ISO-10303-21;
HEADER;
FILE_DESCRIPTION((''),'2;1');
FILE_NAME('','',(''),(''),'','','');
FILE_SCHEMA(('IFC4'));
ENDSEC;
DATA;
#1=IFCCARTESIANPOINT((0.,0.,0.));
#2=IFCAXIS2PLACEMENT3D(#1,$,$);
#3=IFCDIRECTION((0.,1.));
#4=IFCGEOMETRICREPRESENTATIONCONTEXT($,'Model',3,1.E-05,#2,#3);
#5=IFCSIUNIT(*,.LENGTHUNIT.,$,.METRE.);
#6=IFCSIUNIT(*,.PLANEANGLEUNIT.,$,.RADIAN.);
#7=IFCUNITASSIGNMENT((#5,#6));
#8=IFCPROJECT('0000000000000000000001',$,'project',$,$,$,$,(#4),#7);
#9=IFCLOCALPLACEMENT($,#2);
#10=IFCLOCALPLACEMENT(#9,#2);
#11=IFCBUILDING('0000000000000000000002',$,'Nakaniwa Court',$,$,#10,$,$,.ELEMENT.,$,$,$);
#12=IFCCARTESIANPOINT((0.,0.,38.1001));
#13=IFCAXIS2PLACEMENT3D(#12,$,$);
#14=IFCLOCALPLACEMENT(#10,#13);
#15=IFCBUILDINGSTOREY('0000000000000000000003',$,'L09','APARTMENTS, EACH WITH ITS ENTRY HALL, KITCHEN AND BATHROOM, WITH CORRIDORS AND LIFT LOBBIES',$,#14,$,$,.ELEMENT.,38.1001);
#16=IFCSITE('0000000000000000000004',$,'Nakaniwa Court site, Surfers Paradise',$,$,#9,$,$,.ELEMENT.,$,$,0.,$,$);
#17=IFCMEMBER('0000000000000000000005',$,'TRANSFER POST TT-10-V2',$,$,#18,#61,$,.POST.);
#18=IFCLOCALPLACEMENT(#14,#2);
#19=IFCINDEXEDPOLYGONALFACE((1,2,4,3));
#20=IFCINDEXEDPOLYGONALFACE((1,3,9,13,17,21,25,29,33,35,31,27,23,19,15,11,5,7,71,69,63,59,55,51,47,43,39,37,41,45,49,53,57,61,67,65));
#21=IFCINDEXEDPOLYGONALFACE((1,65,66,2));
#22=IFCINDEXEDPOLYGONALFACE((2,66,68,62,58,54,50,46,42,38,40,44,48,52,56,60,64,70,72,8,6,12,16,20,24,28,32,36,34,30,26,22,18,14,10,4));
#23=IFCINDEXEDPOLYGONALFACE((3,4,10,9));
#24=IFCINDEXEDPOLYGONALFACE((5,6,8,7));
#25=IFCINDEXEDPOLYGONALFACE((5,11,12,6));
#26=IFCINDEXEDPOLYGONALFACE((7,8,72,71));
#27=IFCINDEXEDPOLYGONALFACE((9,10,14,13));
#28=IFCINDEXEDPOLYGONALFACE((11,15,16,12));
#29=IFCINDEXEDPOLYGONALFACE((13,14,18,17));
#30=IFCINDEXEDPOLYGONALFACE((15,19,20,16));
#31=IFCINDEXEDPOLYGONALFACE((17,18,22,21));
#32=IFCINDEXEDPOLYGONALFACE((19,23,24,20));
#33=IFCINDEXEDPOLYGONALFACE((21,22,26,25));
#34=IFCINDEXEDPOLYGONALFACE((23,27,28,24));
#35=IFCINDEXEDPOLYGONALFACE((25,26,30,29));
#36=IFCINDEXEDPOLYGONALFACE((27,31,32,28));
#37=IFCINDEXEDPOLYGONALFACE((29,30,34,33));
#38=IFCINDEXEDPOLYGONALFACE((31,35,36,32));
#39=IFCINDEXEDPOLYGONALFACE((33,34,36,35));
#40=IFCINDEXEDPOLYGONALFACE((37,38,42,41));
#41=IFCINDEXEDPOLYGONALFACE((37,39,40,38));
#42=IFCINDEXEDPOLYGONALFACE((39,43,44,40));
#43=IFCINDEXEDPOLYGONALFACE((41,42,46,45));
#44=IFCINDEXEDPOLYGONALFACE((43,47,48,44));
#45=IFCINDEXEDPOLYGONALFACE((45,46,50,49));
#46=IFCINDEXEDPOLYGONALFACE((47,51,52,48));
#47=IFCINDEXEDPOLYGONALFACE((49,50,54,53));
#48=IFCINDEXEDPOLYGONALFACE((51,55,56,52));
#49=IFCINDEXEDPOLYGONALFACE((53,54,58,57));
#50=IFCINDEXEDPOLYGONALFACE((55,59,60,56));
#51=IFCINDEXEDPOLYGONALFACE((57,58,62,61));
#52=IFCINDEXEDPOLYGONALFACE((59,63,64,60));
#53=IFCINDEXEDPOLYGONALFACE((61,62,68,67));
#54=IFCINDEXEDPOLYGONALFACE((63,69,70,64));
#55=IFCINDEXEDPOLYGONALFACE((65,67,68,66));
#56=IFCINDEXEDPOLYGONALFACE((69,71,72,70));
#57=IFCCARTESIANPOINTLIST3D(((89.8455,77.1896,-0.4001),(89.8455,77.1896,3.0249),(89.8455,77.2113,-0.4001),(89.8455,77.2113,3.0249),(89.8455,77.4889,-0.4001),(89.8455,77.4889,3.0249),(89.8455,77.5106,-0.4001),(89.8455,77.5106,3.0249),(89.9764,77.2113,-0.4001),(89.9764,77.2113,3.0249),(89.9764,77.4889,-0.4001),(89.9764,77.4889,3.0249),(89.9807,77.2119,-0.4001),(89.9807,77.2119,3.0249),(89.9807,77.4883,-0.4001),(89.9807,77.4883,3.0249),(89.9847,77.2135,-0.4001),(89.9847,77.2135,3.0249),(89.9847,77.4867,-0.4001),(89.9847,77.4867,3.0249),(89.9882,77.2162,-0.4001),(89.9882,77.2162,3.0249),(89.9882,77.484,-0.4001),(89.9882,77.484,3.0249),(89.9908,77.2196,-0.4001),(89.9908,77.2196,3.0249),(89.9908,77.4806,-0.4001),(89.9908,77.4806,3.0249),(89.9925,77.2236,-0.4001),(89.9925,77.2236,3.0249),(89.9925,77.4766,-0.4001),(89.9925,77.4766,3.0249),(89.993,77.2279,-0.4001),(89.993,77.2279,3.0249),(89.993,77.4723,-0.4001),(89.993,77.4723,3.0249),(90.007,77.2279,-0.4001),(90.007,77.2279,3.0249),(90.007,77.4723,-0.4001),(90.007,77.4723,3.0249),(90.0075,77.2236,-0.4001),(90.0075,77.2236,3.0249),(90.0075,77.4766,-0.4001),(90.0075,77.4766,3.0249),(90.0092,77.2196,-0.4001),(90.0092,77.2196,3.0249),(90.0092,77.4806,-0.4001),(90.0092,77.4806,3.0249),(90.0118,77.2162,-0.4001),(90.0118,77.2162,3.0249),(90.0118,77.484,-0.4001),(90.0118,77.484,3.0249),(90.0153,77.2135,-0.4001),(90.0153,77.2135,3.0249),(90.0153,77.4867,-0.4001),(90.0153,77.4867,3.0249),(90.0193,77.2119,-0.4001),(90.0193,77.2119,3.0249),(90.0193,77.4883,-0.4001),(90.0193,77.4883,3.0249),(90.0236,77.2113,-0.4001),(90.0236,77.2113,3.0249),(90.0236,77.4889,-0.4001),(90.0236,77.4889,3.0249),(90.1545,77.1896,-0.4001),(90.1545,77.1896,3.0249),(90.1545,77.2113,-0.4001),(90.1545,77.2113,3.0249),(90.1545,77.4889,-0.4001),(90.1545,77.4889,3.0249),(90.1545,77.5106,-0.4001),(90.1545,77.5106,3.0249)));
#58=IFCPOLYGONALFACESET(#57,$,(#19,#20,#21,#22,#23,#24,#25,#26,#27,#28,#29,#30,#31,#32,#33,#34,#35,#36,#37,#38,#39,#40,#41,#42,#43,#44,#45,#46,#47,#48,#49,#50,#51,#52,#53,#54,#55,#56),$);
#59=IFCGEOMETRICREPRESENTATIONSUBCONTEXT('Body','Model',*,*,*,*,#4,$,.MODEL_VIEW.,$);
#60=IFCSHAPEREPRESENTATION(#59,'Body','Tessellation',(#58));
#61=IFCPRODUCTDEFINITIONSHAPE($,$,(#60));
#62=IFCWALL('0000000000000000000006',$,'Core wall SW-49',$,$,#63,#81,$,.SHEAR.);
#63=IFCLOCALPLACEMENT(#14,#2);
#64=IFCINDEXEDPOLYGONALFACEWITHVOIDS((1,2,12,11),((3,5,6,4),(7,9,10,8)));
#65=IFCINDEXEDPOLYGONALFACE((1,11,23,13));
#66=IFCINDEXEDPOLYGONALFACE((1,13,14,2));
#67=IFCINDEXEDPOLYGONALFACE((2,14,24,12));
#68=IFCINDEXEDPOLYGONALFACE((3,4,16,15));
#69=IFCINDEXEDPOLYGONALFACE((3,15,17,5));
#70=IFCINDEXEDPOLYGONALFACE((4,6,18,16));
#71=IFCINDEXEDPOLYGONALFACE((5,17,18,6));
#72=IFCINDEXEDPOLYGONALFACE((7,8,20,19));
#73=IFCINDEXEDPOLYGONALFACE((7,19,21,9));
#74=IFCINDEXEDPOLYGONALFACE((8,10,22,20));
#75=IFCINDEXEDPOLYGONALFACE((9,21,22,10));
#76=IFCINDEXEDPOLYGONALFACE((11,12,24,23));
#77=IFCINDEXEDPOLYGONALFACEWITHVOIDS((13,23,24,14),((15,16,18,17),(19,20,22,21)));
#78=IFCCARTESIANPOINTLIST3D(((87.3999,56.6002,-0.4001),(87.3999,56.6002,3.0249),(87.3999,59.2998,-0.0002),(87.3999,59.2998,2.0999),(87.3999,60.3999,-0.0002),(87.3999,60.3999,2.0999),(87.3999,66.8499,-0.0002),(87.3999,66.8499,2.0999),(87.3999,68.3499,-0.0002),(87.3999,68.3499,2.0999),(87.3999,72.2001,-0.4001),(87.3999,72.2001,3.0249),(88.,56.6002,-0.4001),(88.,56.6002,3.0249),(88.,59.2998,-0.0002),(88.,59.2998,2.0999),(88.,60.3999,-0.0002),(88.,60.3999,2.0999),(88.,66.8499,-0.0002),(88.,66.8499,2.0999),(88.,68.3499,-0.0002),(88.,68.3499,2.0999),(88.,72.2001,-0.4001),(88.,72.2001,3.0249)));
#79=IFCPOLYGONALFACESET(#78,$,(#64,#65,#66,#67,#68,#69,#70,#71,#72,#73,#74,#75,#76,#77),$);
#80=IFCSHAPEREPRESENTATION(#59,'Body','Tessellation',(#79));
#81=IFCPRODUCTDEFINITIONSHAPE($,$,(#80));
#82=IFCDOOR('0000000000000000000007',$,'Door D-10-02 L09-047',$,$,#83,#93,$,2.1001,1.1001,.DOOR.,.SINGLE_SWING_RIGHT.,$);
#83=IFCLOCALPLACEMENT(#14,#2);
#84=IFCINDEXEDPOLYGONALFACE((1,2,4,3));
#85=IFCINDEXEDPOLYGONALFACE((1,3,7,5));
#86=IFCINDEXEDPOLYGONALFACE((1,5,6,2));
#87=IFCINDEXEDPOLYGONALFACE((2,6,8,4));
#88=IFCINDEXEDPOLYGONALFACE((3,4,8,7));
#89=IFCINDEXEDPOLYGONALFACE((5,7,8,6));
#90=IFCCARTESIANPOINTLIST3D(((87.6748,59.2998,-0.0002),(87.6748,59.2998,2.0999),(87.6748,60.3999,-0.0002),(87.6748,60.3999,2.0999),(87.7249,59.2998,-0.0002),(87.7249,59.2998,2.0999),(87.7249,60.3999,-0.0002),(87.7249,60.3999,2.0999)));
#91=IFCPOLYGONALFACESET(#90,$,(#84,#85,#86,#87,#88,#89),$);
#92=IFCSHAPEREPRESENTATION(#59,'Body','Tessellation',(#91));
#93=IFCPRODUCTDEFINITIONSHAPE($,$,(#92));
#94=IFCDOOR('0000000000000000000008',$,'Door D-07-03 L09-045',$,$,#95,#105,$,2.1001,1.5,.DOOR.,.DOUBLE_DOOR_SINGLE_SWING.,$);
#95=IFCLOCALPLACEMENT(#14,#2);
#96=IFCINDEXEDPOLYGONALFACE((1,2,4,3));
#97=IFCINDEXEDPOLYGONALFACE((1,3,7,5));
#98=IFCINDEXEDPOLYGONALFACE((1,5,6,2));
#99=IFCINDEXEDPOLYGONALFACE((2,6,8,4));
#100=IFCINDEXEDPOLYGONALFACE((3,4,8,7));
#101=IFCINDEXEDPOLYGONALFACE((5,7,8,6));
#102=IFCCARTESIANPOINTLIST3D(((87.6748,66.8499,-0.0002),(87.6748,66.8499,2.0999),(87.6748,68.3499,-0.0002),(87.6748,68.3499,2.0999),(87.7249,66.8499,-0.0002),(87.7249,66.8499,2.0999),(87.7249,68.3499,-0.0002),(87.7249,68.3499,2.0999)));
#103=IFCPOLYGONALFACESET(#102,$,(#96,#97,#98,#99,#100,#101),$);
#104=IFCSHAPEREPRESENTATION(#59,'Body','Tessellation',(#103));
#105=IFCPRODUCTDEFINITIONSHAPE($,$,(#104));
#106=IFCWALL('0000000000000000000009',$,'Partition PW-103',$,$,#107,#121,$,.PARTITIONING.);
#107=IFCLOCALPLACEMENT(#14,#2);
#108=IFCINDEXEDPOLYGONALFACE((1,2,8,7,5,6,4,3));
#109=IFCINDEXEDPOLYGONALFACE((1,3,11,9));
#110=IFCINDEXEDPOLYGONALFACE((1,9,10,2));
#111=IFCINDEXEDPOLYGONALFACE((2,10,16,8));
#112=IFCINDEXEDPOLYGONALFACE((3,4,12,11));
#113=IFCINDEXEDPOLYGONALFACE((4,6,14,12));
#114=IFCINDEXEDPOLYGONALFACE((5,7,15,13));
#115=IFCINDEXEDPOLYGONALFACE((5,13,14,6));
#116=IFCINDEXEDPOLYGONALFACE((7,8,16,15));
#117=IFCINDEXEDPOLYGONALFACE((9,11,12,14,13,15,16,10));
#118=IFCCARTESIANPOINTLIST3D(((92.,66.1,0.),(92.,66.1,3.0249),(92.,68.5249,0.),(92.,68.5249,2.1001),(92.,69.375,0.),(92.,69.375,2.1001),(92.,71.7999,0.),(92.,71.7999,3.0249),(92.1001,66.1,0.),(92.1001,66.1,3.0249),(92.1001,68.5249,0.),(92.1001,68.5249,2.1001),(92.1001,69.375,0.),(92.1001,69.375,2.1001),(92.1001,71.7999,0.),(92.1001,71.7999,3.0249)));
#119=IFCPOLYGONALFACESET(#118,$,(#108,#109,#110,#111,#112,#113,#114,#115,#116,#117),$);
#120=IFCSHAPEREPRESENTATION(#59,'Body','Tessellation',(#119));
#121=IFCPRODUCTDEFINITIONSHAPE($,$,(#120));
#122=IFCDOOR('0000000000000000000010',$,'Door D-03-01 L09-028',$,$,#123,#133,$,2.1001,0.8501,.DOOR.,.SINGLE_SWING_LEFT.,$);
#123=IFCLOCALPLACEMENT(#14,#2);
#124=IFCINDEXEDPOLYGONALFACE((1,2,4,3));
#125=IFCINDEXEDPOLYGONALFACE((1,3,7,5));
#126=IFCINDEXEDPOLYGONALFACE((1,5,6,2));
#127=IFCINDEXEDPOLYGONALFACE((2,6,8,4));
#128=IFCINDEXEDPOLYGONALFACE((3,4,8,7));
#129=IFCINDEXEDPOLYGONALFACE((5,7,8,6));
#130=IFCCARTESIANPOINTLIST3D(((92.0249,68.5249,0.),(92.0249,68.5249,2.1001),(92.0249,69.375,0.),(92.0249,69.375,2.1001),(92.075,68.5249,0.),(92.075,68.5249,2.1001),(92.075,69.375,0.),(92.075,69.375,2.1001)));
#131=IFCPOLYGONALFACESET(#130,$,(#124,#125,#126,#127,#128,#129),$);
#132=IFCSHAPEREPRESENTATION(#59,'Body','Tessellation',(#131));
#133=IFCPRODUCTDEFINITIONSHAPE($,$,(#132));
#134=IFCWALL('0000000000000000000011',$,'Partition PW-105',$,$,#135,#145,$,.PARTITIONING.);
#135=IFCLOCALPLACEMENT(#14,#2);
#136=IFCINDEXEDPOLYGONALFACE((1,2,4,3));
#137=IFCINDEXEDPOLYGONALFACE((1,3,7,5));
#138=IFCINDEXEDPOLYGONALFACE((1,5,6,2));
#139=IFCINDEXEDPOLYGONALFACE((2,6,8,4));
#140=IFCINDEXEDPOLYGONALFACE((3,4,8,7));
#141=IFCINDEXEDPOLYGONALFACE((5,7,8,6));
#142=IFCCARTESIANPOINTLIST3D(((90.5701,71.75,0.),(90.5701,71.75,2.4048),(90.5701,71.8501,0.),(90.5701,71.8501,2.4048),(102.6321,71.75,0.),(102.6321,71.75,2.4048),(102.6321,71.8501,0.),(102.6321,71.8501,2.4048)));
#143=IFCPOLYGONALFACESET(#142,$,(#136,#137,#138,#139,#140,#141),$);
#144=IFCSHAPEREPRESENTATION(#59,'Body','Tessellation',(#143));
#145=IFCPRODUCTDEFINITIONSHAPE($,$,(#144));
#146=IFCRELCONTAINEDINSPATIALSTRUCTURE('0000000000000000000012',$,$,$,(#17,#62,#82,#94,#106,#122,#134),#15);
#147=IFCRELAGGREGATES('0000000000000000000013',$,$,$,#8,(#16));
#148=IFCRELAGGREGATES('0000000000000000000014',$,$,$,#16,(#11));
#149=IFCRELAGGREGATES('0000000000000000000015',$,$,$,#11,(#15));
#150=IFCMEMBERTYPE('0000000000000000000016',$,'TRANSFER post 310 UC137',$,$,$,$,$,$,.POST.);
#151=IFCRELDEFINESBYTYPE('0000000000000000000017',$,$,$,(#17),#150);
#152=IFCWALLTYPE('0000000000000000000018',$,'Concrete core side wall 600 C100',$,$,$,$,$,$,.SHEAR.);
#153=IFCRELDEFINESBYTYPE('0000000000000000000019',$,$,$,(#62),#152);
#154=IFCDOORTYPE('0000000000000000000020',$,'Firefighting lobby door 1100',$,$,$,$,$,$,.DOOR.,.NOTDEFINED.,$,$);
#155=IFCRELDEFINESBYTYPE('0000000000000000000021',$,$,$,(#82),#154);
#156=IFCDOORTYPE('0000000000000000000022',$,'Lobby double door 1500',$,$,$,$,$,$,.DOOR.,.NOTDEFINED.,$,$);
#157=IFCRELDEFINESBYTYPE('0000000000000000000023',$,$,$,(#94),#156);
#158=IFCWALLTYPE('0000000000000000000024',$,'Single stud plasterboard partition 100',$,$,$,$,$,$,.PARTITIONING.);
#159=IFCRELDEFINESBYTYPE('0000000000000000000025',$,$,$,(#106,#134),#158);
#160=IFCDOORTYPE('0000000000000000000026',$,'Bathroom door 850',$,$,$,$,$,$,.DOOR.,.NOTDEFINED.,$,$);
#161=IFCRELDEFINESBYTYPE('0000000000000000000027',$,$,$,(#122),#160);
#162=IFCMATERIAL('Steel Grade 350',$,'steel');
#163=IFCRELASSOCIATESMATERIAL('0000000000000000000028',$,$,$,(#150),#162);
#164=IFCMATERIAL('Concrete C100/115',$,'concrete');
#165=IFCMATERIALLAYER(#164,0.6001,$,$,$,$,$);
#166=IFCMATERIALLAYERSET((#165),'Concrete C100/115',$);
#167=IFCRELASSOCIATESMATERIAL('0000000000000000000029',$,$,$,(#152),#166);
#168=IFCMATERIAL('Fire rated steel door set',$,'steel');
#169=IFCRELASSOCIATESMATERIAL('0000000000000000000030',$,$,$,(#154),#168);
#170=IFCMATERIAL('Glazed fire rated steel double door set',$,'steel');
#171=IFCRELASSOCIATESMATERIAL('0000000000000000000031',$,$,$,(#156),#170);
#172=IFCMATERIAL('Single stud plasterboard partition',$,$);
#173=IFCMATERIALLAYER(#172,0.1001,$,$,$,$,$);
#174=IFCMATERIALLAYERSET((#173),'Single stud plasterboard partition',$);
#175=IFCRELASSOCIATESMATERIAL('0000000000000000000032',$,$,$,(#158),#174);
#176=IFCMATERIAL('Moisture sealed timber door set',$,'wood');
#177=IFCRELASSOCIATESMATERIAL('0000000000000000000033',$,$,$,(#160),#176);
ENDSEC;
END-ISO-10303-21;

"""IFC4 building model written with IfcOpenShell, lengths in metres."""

from ifc_helpers import new_model, si_unit, direction, frame, frame_2d, origin, origin_2d, place, context, subcontext, project, spatial, rectangle, i_section, extrude, material, layer, layer_set, material_profile, profile_set, type_object, element, fill, save


model = new_model("IFC4")

# Units and contexts
model_context = context("Model", 3, precision=1e-05, world=origin(), true_north=direction((0.0, 1.0)))
body_context = subcontext(model_context, "Body", "Model", "MODEL_VIEW")
ifc_project = project(units=[si_unit("LENGTHUNIT", "METRE"), si_unit("PLANEANGLEUNIT", "RADIAN")], contexts=[model_context])

# Site, building, storey
site_placement = place(None, origin())
site = spatial("IfcSite", under=ifc_project, at=site_placement, Name="Nakaniwa Court site, Surfers Paradise", CompositionType="ELEMENT", RefElevation=0.0)
building_placement = place(site_placement, origin())
building = spatial("IfcBuilding", under=site, at=building_placement, Name="Nakaniwa Court", CompositionType="ELEMENT")
storey_placement = place(building_placement, frame((0.0, 0.0, 38.1001)))
storey = spatial("IfcBuildingStorey", under=building, at=storey_placement, Name="L09", Description="APARTMENTS, EACH WITH ITS ENTRY HALL, KITCHEN AND BATHROOM, WITH CORRIDORS AND LIFT LOBBIES", CompositionType="ELEMENT", Elevation=38.1001)

# Shared definitions
ifc_material_1 = material(Name="Concrete C100/115", Category="concrete")

# Member
ifc_material_2 = material(Name="Steel Grade 350", Category="steel")
ifc_material_profile_1 = material_profile(ifc_material_2, i_section(OverallWidth=0.3091, OverallDepth=0.321, WebThickness=0.0139, FlangeThickness=0.0217, FilletRadius=0.0166, at=origin_2d()), Name="310UC137")
ifc_profile_set_1 = profile_set([ifc_material_profile_1], Name="Steel Grade 350")
member_type_1 = type_object("IfcMemberType", Name="TRANSFER post 310 UC137", PredefinedType="POST", material=ifc_profile_set_1)
member_1_placement = place(storey_placement, frame((90.0, 77.3501, -0.4001), z_axis=(0.0, 0.0, 1.0), x_axis=(1.0, 0.0, 0.0)))
element("IfcMember", 1, at=member_1_placement, inside=storey, type_object=member_type_1, Name="TRANSFER POST TT-10-V2", PredefinedType="POST", context=body_context, shape_type="SweptSolid", body=[
    extrude(i_section(OverallWidth=0.3091, OverallDepth=0.321, WebThickness=0.0139, FlangeThickness=0.0217, FilletRadius=0.0166, at=origin_2d()), origin(), (0.0, 0.0, 1.0), 3.425),
])

# Wall, openings, doors
ifc_layer_1 = layer(ifc_material_1, 0.6001)
ifc_layer_set_1 = layer_set([ifc_layer_1], Name="Concrete C100/115")
wall_type_1 = type_object("IfcWallType", Name="Concrete core side wall 600 C100", PredefinedType="SHEAR", material=ifc_layer_set_1)
wall_1_placement = place(storey_placement, frame((87.7, 72.2, -0.4001), z_axis=(0.0, 0.0, 1.0), x_axis=(0.0, -1.0, 0.0)))
wall_1 = element("IfcWall", 2, at=wall_1_placement, inside=storey, type_object=wall_type_1, Name="Core wall SW-49", PredefinedType="SHEAR", context=body_context, shape_type="SweptSolid", body=[
    extrude(rectangle(XDim=15.5999, YDim=0.6001, at=frame_2d((7.7998, 0.0))), origin(), (0.0, 0.0, 1.0), 3.425),
])
opening_1_placement = place(wall_1_placement, frame((3.8501, 0.0, 0.3999)))
opening_1 = element("IfcOpeningElement", 3, at=opening_1_placement, cuts=wall_1, PredefinedType="OPENING", context=body_context, shape_type="SweptSolid", body=[
    extrude(rectangle(XDim=1.5, YDim=2.1001, at=frame_2d((0.75, 1.05))), frame((0.0, 0.3101, 0.0), z_axis=(0.0, -1.0, 0.0), x_axis=(1.0, 0.0, 0.0)), (0.0, 0.0, 1.0), 0.6201),
])
opening_2_placement = place(wall_1_placement, frame((11.8, 0.0, 0.3999)))
opening_2 = element("IfcOpeningElement", 4, at=opening_2_placement, cuts=wall_1, PredefinedType="OPENING", context=body_context, shape_type="SweptSolid", body=[
    extrude(rectangle(XDim=1.1001, YDim=2.1001, at=frame_2d((0.55, 1.05))), frame((0.0, 0.3101, 0.0), z_axis=(0.0, -1.0, 0.0), x_axis=(1.0, 0.0, 0.0)), (0.0, 0.0, 1.0), 0.6201),
])
ifc_material_3 = material(Name="Fire rated steel door set", Category="steel")
door_type_1 = type_object("IfcDoorType", Name="Firefighting lobby door 1100", OperationType="NOTDEFINED", PredefinedType="DOOR", material=ifc_material_3)
door_1_placement = place(opening_2_placement, origin())
door_1 = element("IfcDoor", 5, at=door_1_placement, inside=storey, type_object=door_type_1, Name="Door D-10-02 L09-047", OperationType="SINGLE_SWING_RIGHT", OverallHeight=2.1001, OverallWidth=1.1001, PredefinedType="DOOR", context=body_context, shape_type="SweptSolid", body=[
    extrude(rectangle(XDim=1.1001, YDim=2.1001, at=frame_2d((0.55, 1.05))), frame((0.0, 0.0249, 0.0), z_axis=(0.0, -1.0, 0.0), x_axis=(1.0, 0.0, 0.0)), (0.0, 0.0, 1.0), 0.05),
])
fill(opening_2, door_1)
ifc_material_4 = material(Name="Glazed fire rated steel double door set", Category="steel")
door_type_2 = type_object("IfcDoorType", Name="Lobby double door 1500", OperationType="NOTDEFINED", PredefinedType="DOOR", material=ifc_material_4)
door_2_placement = place(opening_1_placement, origin())
door_2 = element("IfcDoor", 6, at=door_2_placement, inside=storey, type_object=door_type_2, Name="Door D-07-03 L09-045", OperationType="DOUBLE_DOOR_SINGLE_SWING", OverallHeight=2.1001, OverallWidth=1.5, PredefinedType="DOOR", context=body_context, shape_type="SweptSolid", body=[
    extrude(rectangle(XDim=1.5, YDim=2.1001, at=frame_2d((0.75, 1.05))), frame((0.0, 0.0249, 0.0), z_axis=(0.0, -1.0, 0.0), x_axis=(1.0, 0.0, 0.0)), (0.0, 0.0, 1.0), 0.05),
])
fill(opening_1, door_2)

# Wall, opening, door
ifc_material_5 = material(Name="Single stud plasterboard partition")
ifc_layer_2 = layer(ifc_material_5, 0.1001)
ifc_layer_set_2 = layer_set([ifc_layer_2], Name="Single stud plasterboard partition")
wall_type_2 = type_object("IfcWallType", Name="Single stud plasterboard partition 100", PredefinedType="PARTITIONING", material=ifc_layer_set_2)
wall_2_placement = place(storey_placement, frame((92.05, 71.8, 0.0), z_axis=(0.0, 0.0, 1.0), x_axis=(0.0, -1.0, 0.0)))
wall_2 = element("IfcWall", 7, at=wall_2_placement, inside=storey, type_object=wall_type_2, Name="Partition PW-103", PredefinedType="PARTITIONING", context=body_context, shape_type="SweptSolid", body=[
    extrude(rectangle(XDim=5.7, YDim=0.1001, at=frame_2d((2.8501, 0.0))), origin(), (0.0, 0.0, 1.0), 3.0249),
])
opening_3_placement = place(wall_2_placement, frame((2.425, 0.0, 0.0)))
opening_3 = element("IfcOpeningElement", 8, at=opening_3_placement, cuts=wall_2, PredefinedType="OPENING", context=body_context, shape_type="SweptSolid", body=[
    extrude(rectangle(XDim=0.8501, YDim=2.1001, at=frame_2d((0.425, 1.05))), frame((0.0, 0.0601, 0.0), z_axis=(0.0, -1.0, 0.0), x_axis=(1.0, 0.0, 0.0)), (0.0, 0.0, 1.0), 0.1201),
])
ifc_material_6 = material(Name="Moisture sealed timber door set", Category="wood")
door_type_3 = type_object("IfcDoorType", Name="Bathroom door 850", OperationType="NOTDEFINED", PredefinedType="DOOR", material=ifc_material_6)
door_3_placement = place(opening_3_placement, origin())
door_3 = element("IfcDoor", 9, at=door_3_placement, inside=storey, type_object=door_type_3, Name="Door D-03-01 L09-028", OperationType="SINGLE_SWING_LEFT", OverallHeight=2.1001, OverallWidth=0.8501, PredefinedType="DOOR", context=body_context, shape_type="SweptSolid", body=[
    extrude(rectangle(XDim=0.8501, YDim=2.1001, at=frame_2d((0.425, 1.05))), frame((0.0, 0.0249, 0.0), z_axis=(0.0, -1.0, 0.0), x_axis=(1.0, 0.0, 0.0)), (0.0, 0.0, 1.0), 0.05),
])
fill(opening_3, door_3)

# Wall
wall_3_placement = place(storey_placement, frame((90.5701, 71.8, 0.0), z_axis=(0.0, 0.0, 1.0), x_axis=(1.0, 0.0, 0.0)))
element("IfcWall", 10, at=wall_3_placement, inside=storey, type_object=wall_type_2, Name="Partition PW-105", PredefinedType="PARTITIONING", context=body_context, shape_type="SweptSolid", body=[
    extrude(rectangle(XDim=12.062, YDim=0.1001, at=frame_2d((6.031, 0.0))), origin(), (0.0, 0.0, 1.0), 2.4048),
])

save(model, "model.ifc")
